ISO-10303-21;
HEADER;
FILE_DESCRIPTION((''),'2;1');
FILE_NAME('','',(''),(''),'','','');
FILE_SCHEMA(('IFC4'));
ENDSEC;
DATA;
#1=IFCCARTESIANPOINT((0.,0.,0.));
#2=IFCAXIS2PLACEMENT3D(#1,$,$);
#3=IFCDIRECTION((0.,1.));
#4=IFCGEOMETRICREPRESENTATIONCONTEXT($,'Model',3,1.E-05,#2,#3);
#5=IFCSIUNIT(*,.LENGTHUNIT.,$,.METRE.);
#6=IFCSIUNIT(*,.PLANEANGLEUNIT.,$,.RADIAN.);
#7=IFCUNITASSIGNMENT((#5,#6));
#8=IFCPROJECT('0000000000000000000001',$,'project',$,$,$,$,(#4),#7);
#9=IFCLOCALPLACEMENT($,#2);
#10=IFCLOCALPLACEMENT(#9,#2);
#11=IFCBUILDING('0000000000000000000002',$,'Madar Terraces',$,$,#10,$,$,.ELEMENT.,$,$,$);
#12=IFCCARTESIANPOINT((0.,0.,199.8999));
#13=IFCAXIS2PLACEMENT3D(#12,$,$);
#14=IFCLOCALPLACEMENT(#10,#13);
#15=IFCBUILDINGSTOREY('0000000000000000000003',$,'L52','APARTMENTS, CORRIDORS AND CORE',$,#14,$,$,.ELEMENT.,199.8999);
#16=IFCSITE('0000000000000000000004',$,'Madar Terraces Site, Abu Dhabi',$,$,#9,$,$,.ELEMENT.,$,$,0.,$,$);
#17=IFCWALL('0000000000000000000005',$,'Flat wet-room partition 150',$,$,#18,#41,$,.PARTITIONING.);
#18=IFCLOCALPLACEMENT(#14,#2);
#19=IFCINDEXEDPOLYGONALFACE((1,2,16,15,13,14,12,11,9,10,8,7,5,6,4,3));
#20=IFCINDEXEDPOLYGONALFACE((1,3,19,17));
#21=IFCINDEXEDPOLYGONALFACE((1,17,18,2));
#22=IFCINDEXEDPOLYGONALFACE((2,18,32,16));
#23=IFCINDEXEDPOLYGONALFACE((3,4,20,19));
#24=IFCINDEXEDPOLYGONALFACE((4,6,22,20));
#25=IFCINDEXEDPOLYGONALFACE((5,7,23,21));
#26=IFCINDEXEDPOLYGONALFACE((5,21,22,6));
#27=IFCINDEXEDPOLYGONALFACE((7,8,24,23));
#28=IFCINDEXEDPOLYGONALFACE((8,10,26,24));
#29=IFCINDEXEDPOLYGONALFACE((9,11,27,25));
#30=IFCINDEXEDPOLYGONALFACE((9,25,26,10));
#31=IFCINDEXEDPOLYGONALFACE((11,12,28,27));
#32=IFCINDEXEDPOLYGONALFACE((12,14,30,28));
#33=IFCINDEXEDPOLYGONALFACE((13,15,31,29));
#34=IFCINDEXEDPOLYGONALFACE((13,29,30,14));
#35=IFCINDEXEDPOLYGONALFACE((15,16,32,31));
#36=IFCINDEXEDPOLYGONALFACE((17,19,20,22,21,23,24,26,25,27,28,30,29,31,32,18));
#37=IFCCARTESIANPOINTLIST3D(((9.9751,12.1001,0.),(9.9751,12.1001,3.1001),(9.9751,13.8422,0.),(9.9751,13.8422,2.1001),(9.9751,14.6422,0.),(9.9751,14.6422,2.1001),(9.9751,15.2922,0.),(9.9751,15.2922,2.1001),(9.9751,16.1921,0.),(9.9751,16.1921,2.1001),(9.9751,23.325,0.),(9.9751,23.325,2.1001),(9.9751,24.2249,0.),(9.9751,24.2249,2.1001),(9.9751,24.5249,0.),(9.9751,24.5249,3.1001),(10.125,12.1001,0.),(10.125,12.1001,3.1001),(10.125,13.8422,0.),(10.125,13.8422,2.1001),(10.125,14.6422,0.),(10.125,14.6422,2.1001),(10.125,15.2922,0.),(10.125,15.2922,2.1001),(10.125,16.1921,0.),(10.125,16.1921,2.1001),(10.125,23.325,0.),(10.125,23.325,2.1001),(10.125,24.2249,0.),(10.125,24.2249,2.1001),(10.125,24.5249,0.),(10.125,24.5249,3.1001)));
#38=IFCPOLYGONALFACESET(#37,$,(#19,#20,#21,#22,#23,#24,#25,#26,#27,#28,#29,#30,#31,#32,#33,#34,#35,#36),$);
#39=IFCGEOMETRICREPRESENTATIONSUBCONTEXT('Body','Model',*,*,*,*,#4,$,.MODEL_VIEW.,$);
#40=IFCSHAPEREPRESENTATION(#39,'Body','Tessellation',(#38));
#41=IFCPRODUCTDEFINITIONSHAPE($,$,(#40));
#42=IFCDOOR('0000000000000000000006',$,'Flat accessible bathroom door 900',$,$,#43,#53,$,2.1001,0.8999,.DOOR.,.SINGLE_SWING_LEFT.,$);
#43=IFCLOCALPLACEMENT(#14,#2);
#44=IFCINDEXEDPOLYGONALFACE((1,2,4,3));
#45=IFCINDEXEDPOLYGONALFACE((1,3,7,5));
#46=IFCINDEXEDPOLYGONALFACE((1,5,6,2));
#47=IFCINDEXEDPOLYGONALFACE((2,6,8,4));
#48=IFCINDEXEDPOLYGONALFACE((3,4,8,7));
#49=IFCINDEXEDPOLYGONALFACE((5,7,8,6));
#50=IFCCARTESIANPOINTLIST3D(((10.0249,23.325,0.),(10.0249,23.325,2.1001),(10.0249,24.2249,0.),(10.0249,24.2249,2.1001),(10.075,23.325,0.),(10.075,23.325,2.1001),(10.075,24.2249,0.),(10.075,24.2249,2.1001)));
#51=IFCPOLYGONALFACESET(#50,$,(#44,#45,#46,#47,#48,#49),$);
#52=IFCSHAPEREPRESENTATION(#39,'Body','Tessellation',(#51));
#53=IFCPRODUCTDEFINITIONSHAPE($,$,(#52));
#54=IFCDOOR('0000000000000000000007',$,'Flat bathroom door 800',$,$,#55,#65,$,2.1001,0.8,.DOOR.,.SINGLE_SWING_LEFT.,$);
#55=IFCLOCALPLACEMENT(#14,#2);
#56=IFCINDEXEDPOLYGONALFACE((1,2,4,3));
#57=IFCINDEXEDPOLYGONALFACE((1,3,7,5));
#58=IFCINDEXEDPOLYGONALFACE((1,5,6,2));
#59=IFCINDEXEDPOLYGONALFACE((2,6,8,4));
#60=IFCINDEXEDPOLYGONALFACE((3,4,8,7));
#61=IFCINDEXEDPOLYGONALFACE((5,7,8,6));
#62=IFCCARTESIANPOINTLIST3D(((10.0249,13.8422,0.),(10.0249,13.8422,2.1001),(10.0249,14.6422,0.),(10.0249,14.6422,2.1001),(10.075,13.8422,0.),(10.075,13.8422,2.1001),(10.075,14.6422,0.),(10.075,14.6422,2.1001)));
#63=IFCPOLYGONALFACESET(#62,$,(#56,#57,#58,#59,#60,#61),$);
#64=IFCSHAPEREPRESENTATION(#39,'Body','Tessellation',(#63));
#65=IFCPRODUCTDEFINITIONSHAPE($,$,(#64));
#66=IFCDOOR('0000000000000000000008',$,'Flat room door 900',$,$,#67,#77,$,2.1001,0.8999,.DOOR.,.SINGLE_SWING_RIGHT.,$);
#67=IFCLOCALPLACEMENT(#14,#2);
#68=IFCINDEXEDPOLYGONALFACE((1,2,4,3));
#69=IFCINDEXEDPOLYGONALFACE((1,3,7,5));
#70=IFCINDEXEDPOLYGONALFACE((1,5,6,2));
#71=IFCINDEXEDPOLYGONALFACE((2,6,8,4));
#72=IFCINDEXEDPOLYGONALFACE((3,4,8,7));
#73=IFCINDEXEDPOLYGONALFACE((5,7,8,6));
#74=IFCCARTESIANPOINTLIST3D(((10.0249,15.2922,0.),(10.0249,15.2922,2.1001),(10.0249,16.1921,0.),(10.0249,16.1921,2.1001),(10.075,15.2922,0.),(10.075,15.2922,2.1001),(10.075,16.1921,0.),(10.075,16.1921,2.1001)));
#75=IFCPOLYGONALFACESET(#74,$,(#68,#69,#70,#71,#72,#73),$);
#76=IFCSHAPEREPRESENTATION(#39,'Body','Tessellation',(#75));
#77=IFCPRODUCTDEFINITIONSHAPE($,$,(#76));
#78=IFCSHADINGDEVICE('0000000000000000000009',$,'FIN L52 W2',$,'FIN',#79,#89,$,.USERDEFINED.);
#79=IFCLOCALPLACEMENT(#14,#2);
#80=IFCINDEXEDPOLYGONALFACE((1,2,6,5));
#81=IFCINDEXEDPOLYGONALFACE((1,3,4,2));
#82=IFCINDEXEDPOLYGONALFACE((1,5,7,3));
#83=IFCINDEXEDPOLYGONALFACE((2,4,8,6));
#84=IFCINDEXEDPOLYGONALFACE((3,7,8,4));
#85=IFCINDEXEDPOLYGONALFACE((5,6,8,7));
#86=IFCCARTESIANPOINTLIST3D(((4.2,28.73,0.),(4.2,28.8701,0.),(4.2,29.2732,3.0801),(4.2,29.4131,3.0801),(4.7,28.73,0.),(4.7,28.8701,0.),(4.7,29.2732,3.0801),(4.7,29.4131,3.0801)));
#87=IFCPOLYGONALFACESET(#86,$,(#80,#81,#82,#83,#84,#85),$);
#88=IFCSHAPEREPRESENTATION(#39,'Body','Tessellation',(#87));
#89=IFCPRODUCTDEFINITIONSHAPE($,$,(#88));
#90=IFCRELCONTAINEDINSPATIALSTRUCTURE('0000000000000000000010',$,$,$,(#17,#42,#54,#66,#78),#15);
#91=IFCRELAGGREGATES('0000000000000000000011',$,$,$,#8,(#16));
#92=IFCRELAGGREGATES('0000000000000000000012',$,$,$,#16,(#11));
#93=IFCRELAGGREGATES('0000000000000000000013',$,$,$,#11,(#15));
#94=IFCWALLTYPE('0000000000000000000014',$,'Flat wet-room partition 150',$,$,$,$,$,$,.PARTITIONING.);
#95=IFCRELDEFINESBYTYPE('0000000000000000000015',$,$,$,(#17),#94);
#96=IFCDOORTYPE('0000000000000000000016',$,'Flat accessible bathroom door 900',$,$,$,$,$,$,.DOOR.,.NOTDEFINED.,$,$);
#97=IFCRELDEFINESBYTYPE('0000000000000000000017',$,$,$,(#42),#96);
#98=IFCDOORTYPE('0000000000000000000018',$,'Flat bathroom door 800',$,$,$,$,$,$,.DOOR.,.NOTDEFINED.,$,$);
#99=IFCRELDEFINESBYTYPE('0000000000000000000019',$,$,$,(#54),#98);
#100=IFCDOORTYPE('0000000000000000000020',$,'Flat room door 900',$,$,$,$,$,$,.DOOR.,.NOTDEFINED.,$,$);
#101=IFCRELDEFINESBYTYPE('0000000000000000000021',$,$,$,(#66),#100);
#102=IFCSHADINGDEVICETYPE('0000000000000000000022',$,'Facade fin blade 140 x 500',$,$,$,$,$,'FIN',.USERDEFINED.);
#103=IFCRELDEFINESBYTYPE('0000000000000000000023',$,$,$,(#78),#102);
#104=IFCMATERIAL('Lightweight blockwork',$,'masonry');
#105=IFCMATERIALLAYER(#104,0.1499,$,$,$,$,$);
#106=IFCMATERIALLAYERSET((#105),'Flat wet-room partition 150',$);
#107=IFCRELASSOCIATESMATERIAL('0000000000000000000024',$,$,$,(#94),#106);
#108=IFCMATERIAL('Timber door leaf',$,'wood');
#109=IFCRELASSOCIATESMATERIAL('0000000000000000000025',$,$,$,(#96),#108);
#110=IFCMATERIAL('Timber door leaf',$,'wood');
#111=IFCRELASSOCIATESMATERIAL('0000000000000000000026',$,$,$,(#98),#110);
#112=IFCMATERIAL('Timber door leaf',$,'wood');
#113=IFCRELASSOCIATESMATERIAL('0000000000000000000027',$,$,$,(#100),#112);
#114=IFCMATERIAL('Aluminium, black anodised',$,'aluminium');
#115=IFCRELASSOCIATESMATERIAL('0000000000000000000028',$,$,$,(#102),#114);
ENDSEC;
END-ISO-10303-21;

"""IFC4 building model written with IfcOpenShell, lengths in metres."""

from ifc_helpers import new_model, si_unit, direction, frame, frame_2d, origin, place, context, subcontext, project, spatial, polyline, rectangle, outline, extrude, material, layer, layer_set, type_object, element, fill, save


model = new_model("IFC4")

# Units and contexts
model_context = context("Model", 3, precision=1e-05, world=origin(), true_north=direction((0.0, 1.0)))
body_context = subcontext(model_context, "Body", "Model", "MODEL_VIEW")
ifc_project = project(units=[si_unit("LENGTHUNIT", "METRE"), si_unit("PLANEANGLEUNIT", "RADIAN")], contexts=[model_context])

# Site, building, storey
site_placement = place(None, origin())
site = spatial("IfcSite", under=ifc_project, at=site_placement, Name="Madar Terraces Site, Abu Dhabi", CompositionType="ELEMENT", RefElevation=0.0)
building_placement = place(site_placement, origin())
building = spatial("IfcBuilding", under=site, at=building_placement, Name="Madar Terraces", CompositionType="ELEMENT")
storey_placement = place(building_placement, frame((0.0, 0.0, 199.8999)))
storey = spatial("IfcBuildingStorey", under=building, at=storey_placement, Name="L52", Description="APARTMENTS, CORRIDORS AND CORE", CompositionType="ELEMENT", Elevation=199.8999)

# Shared definitions
ifc_material_1 = material(Name="Lightweight blockwork", Category="masonry")
ifc_layer_1 = layer(ifc_material_1, 0.1499)
ifc_layer_set_1 = layer_set([ifc_layer_1], Name="Flat wet-room partition 150")
wall_type_1 = type_object("IfcWallType", Name="Flat wet-room partition 150", PredefinedType="PARTITIONING", material=ifc_layer_set_1)

# Wall, openings, doors
wall_1_placement = place(storey_placement, frame((10.05, 24.5249, 0.0), z_axis=(0.0, 0.0, 1.0), x_axis=(0.0, -1.0, 0.0)))
wall_1 = element("IfcWall", 1, at=wall_1_placement, inside=storey, type_object=wall_type_1, Name="Flat wet-room partition 150", PredefinedType="PARTITIONING", context=body_context, shape_type="SweptSolid", body=[
    extrude(rectangle(XDim=12.4248, YDim=0.1499, at=frame_2d((6.2124, 0.0))), origin(), (0.0, 0.0, 1.0), 3.1001),
])
opening_1_placement = place(wall_1_placement, frame((0.3, 0.0, 0.0)))
opening_1 = element("IfcOpeningElement", 2, at=opening_1_placement, cuts=wall_1, PredefinedType="OPENING", context=body_context, shape_type="SweptSolid", body=[
    extrude(rectangle(XDim=0.8999, YDim=2.1001, at=frame_2d((0.45, 1.05))), frame((0.0, 0.085, 0.0), z_axis=(0.0, -1.0, 0.0), x_axis=(1.0, 0.0, 0.0)), (0.0, 0.0, 1.0), 0.1699),
])
opening_2_placement = place(wall_1_placement, frame((8.3328, 0.0, 0.0)))
opening_2 = element("IfcOpeningElement", 3, at=opening_2_placement, cuts=wall_1, PredefinedType="OPENING", context=body_context, shape_type="SweptSolid", body=[
    extrude(rectangle(XDim=0.8999, YDim=2.1001, at=frame_2d((0.45, 1.05))), frame((0.0, 0.085, 0.0), z_axis=(0.0, -1.0, 0.0), x_axis=(1.0, 0.0, 0.0)), (0.0, 0.0, 1.0), 0.1699),
])
opening_3_placement = place(wall_1_placement, frame((9.8828, 0.0, 0.0)))
opening_3 = element("IfcOpeningElement", 4, at=opening_3_placement, cuts=wall_1, PredefinedType="OPENING", context=body_context, shape_type="SweptSolid", body=[
    extrude(rectangle(XDim=0.8, YDim=2.1001, at=frame_2d((0.3999, 1.05))), frame((0.0, 0.085, 0.0), z_axis=(0.0, -1.0, 0.0), x_axis=(1.0, 0.0, 0.0)), (0.0, 0.0, 1.0), 0.1699),
])
ifc_material_2 = material(Name="Timber door leaf", Category="wood")
door_type_1 = type_object("IfcDoorType", Name="Flat accessible bathroom door 900", OperationType="NOTDEFINED", PredefinedType="DOOR", material=ifc_material_2)
door_1_placement = place(opening_1_placement, origin())
door_1 = element("IfcDoor", 5, at=door_1_placement, inside=storey, type_object=door_type_1, Name="Flat accessible bathroom door 900", OperationType="SINGLE_SWING_LEFT", OverallHeight=2.1001, OverallWidth=0.8999, PredefinedType="DOOR", context=body_context, shape_type="SweptSolid", body=[
    extrude(rectangle(XDim=0.8999, YDim=2.1001, at=frame_2d((0.45, 1.05))), frame((0.0, 0.0249, 0.0), z_axis=(0.0, -1.0, 0.0), x_axis=(1.0, 0.0, 0.0)), (0.0, 0.0, 1.0), 0.05),
])
fill(opening_1, door_1)
ifc_material_3 = material(Name="Timber door leaf", Category="wood")
door_type_2 = type_object("IfcDoorType", Name="Flat bathroom door 800", OperationType="NOTDEFINED", PredefinedType="DOOR", material=ifc_material_3)
door_2_placement = place(opening_3_placement, origin())
door_2 = element("IfcDoor", 6, at=door_2_placement, inside=storey, type_object=door_type_2, Name="Flat bathroom door 800", OperationType="SINGLE_SWING_LEFT", OverallHeight=2.1001, OverallWidth=0.8, PredefinedType="DOOR", context=body_context, shape_type="SweptSolid", body=[
    extrude(rectangle(XDim=0.8, YDim=2.1001, at=frame_2d((0.3999, 1.05))), frame((0.0, 0.0249, 0.0), z_axis=(0.0, -1.0, 0.0), x_axis=(1.0, 0.0, 0.0)), (0.0, 0.0, 1.0), 0.05),
])
fill(opening_3, door_2)
ifc_material_4 = material(Name="Timber door leaf", Category="wood")
door_type_3 = type_object("IfcDoorType", Name="Flat room door 900", OperationType="NOTDEFINED", PredefinedType="DOOR", material=ifc_material_4)
door_3_placement = place(opening_2_placement, origin())
door_3 = element("IfcDoor", 7, at=door_3_placement, inside=storey, type_object=door_type_3, Name="Flat room door 900", OperationType="SINGLE_SWING_RIGHT", OverallHeight=2.1001, OverallWidth=0.8999, PredefinedType="DOOR", context=body_context, shape_type="SweptSolid", body=[
    extrude(rectangle(XDim=0.8999, YDim=2.1001, at=frame_2d((0.45, 1.05))), frame((0.0, 0.0249, 0.0), z_axis=(0.0, -1.0, 0.0), x_axis=(1.0, 0.0, 0.0)), (0.0, 0.0, 1.0), 0.05),
])
fill(opening_2, door_3)

# Shading device
ifc_material_5 = material(Name="Aluminium, black anodised", Category="aluminium")
shading_device_type = type_object("IfcShadingDeviceType", Name="Facade fin blade 140 x 500", ElementType="FIN", PredefinedType="USERDEFINED", material=ifc_material_5)
shading_device_placement = place(storey_placement, frame((4.45, 28.8701, 0.0), z_axis=(0.0, 0.0, 1.0), x_axis=(0.0, -1.0, 0.0)))
element("IfcShadingDevice", 8, at=shading_device_placement, inside=storey, type_object=shading_device_type, Name="FIN L52 W2", ObjectType="FIN", PredefinedType="USERDEFINED", context=body_context, shape_type="SweptSolid", body=[
    extrude(outline(polyline([(0.0, 0.0), (0.1401, 0.0), (-0.4031, 3.0801), (-0.543, 3.0801), (0.0, 0.0)])), frame((0.0, 0.25, 0.0), z_axis=(0.0, -1.0, 0.0), x_axis=(1.0, 0.0, 0.0)), (0.0, 0.0, 1.0), 0.5),
])

save(model, "model.ifc")
